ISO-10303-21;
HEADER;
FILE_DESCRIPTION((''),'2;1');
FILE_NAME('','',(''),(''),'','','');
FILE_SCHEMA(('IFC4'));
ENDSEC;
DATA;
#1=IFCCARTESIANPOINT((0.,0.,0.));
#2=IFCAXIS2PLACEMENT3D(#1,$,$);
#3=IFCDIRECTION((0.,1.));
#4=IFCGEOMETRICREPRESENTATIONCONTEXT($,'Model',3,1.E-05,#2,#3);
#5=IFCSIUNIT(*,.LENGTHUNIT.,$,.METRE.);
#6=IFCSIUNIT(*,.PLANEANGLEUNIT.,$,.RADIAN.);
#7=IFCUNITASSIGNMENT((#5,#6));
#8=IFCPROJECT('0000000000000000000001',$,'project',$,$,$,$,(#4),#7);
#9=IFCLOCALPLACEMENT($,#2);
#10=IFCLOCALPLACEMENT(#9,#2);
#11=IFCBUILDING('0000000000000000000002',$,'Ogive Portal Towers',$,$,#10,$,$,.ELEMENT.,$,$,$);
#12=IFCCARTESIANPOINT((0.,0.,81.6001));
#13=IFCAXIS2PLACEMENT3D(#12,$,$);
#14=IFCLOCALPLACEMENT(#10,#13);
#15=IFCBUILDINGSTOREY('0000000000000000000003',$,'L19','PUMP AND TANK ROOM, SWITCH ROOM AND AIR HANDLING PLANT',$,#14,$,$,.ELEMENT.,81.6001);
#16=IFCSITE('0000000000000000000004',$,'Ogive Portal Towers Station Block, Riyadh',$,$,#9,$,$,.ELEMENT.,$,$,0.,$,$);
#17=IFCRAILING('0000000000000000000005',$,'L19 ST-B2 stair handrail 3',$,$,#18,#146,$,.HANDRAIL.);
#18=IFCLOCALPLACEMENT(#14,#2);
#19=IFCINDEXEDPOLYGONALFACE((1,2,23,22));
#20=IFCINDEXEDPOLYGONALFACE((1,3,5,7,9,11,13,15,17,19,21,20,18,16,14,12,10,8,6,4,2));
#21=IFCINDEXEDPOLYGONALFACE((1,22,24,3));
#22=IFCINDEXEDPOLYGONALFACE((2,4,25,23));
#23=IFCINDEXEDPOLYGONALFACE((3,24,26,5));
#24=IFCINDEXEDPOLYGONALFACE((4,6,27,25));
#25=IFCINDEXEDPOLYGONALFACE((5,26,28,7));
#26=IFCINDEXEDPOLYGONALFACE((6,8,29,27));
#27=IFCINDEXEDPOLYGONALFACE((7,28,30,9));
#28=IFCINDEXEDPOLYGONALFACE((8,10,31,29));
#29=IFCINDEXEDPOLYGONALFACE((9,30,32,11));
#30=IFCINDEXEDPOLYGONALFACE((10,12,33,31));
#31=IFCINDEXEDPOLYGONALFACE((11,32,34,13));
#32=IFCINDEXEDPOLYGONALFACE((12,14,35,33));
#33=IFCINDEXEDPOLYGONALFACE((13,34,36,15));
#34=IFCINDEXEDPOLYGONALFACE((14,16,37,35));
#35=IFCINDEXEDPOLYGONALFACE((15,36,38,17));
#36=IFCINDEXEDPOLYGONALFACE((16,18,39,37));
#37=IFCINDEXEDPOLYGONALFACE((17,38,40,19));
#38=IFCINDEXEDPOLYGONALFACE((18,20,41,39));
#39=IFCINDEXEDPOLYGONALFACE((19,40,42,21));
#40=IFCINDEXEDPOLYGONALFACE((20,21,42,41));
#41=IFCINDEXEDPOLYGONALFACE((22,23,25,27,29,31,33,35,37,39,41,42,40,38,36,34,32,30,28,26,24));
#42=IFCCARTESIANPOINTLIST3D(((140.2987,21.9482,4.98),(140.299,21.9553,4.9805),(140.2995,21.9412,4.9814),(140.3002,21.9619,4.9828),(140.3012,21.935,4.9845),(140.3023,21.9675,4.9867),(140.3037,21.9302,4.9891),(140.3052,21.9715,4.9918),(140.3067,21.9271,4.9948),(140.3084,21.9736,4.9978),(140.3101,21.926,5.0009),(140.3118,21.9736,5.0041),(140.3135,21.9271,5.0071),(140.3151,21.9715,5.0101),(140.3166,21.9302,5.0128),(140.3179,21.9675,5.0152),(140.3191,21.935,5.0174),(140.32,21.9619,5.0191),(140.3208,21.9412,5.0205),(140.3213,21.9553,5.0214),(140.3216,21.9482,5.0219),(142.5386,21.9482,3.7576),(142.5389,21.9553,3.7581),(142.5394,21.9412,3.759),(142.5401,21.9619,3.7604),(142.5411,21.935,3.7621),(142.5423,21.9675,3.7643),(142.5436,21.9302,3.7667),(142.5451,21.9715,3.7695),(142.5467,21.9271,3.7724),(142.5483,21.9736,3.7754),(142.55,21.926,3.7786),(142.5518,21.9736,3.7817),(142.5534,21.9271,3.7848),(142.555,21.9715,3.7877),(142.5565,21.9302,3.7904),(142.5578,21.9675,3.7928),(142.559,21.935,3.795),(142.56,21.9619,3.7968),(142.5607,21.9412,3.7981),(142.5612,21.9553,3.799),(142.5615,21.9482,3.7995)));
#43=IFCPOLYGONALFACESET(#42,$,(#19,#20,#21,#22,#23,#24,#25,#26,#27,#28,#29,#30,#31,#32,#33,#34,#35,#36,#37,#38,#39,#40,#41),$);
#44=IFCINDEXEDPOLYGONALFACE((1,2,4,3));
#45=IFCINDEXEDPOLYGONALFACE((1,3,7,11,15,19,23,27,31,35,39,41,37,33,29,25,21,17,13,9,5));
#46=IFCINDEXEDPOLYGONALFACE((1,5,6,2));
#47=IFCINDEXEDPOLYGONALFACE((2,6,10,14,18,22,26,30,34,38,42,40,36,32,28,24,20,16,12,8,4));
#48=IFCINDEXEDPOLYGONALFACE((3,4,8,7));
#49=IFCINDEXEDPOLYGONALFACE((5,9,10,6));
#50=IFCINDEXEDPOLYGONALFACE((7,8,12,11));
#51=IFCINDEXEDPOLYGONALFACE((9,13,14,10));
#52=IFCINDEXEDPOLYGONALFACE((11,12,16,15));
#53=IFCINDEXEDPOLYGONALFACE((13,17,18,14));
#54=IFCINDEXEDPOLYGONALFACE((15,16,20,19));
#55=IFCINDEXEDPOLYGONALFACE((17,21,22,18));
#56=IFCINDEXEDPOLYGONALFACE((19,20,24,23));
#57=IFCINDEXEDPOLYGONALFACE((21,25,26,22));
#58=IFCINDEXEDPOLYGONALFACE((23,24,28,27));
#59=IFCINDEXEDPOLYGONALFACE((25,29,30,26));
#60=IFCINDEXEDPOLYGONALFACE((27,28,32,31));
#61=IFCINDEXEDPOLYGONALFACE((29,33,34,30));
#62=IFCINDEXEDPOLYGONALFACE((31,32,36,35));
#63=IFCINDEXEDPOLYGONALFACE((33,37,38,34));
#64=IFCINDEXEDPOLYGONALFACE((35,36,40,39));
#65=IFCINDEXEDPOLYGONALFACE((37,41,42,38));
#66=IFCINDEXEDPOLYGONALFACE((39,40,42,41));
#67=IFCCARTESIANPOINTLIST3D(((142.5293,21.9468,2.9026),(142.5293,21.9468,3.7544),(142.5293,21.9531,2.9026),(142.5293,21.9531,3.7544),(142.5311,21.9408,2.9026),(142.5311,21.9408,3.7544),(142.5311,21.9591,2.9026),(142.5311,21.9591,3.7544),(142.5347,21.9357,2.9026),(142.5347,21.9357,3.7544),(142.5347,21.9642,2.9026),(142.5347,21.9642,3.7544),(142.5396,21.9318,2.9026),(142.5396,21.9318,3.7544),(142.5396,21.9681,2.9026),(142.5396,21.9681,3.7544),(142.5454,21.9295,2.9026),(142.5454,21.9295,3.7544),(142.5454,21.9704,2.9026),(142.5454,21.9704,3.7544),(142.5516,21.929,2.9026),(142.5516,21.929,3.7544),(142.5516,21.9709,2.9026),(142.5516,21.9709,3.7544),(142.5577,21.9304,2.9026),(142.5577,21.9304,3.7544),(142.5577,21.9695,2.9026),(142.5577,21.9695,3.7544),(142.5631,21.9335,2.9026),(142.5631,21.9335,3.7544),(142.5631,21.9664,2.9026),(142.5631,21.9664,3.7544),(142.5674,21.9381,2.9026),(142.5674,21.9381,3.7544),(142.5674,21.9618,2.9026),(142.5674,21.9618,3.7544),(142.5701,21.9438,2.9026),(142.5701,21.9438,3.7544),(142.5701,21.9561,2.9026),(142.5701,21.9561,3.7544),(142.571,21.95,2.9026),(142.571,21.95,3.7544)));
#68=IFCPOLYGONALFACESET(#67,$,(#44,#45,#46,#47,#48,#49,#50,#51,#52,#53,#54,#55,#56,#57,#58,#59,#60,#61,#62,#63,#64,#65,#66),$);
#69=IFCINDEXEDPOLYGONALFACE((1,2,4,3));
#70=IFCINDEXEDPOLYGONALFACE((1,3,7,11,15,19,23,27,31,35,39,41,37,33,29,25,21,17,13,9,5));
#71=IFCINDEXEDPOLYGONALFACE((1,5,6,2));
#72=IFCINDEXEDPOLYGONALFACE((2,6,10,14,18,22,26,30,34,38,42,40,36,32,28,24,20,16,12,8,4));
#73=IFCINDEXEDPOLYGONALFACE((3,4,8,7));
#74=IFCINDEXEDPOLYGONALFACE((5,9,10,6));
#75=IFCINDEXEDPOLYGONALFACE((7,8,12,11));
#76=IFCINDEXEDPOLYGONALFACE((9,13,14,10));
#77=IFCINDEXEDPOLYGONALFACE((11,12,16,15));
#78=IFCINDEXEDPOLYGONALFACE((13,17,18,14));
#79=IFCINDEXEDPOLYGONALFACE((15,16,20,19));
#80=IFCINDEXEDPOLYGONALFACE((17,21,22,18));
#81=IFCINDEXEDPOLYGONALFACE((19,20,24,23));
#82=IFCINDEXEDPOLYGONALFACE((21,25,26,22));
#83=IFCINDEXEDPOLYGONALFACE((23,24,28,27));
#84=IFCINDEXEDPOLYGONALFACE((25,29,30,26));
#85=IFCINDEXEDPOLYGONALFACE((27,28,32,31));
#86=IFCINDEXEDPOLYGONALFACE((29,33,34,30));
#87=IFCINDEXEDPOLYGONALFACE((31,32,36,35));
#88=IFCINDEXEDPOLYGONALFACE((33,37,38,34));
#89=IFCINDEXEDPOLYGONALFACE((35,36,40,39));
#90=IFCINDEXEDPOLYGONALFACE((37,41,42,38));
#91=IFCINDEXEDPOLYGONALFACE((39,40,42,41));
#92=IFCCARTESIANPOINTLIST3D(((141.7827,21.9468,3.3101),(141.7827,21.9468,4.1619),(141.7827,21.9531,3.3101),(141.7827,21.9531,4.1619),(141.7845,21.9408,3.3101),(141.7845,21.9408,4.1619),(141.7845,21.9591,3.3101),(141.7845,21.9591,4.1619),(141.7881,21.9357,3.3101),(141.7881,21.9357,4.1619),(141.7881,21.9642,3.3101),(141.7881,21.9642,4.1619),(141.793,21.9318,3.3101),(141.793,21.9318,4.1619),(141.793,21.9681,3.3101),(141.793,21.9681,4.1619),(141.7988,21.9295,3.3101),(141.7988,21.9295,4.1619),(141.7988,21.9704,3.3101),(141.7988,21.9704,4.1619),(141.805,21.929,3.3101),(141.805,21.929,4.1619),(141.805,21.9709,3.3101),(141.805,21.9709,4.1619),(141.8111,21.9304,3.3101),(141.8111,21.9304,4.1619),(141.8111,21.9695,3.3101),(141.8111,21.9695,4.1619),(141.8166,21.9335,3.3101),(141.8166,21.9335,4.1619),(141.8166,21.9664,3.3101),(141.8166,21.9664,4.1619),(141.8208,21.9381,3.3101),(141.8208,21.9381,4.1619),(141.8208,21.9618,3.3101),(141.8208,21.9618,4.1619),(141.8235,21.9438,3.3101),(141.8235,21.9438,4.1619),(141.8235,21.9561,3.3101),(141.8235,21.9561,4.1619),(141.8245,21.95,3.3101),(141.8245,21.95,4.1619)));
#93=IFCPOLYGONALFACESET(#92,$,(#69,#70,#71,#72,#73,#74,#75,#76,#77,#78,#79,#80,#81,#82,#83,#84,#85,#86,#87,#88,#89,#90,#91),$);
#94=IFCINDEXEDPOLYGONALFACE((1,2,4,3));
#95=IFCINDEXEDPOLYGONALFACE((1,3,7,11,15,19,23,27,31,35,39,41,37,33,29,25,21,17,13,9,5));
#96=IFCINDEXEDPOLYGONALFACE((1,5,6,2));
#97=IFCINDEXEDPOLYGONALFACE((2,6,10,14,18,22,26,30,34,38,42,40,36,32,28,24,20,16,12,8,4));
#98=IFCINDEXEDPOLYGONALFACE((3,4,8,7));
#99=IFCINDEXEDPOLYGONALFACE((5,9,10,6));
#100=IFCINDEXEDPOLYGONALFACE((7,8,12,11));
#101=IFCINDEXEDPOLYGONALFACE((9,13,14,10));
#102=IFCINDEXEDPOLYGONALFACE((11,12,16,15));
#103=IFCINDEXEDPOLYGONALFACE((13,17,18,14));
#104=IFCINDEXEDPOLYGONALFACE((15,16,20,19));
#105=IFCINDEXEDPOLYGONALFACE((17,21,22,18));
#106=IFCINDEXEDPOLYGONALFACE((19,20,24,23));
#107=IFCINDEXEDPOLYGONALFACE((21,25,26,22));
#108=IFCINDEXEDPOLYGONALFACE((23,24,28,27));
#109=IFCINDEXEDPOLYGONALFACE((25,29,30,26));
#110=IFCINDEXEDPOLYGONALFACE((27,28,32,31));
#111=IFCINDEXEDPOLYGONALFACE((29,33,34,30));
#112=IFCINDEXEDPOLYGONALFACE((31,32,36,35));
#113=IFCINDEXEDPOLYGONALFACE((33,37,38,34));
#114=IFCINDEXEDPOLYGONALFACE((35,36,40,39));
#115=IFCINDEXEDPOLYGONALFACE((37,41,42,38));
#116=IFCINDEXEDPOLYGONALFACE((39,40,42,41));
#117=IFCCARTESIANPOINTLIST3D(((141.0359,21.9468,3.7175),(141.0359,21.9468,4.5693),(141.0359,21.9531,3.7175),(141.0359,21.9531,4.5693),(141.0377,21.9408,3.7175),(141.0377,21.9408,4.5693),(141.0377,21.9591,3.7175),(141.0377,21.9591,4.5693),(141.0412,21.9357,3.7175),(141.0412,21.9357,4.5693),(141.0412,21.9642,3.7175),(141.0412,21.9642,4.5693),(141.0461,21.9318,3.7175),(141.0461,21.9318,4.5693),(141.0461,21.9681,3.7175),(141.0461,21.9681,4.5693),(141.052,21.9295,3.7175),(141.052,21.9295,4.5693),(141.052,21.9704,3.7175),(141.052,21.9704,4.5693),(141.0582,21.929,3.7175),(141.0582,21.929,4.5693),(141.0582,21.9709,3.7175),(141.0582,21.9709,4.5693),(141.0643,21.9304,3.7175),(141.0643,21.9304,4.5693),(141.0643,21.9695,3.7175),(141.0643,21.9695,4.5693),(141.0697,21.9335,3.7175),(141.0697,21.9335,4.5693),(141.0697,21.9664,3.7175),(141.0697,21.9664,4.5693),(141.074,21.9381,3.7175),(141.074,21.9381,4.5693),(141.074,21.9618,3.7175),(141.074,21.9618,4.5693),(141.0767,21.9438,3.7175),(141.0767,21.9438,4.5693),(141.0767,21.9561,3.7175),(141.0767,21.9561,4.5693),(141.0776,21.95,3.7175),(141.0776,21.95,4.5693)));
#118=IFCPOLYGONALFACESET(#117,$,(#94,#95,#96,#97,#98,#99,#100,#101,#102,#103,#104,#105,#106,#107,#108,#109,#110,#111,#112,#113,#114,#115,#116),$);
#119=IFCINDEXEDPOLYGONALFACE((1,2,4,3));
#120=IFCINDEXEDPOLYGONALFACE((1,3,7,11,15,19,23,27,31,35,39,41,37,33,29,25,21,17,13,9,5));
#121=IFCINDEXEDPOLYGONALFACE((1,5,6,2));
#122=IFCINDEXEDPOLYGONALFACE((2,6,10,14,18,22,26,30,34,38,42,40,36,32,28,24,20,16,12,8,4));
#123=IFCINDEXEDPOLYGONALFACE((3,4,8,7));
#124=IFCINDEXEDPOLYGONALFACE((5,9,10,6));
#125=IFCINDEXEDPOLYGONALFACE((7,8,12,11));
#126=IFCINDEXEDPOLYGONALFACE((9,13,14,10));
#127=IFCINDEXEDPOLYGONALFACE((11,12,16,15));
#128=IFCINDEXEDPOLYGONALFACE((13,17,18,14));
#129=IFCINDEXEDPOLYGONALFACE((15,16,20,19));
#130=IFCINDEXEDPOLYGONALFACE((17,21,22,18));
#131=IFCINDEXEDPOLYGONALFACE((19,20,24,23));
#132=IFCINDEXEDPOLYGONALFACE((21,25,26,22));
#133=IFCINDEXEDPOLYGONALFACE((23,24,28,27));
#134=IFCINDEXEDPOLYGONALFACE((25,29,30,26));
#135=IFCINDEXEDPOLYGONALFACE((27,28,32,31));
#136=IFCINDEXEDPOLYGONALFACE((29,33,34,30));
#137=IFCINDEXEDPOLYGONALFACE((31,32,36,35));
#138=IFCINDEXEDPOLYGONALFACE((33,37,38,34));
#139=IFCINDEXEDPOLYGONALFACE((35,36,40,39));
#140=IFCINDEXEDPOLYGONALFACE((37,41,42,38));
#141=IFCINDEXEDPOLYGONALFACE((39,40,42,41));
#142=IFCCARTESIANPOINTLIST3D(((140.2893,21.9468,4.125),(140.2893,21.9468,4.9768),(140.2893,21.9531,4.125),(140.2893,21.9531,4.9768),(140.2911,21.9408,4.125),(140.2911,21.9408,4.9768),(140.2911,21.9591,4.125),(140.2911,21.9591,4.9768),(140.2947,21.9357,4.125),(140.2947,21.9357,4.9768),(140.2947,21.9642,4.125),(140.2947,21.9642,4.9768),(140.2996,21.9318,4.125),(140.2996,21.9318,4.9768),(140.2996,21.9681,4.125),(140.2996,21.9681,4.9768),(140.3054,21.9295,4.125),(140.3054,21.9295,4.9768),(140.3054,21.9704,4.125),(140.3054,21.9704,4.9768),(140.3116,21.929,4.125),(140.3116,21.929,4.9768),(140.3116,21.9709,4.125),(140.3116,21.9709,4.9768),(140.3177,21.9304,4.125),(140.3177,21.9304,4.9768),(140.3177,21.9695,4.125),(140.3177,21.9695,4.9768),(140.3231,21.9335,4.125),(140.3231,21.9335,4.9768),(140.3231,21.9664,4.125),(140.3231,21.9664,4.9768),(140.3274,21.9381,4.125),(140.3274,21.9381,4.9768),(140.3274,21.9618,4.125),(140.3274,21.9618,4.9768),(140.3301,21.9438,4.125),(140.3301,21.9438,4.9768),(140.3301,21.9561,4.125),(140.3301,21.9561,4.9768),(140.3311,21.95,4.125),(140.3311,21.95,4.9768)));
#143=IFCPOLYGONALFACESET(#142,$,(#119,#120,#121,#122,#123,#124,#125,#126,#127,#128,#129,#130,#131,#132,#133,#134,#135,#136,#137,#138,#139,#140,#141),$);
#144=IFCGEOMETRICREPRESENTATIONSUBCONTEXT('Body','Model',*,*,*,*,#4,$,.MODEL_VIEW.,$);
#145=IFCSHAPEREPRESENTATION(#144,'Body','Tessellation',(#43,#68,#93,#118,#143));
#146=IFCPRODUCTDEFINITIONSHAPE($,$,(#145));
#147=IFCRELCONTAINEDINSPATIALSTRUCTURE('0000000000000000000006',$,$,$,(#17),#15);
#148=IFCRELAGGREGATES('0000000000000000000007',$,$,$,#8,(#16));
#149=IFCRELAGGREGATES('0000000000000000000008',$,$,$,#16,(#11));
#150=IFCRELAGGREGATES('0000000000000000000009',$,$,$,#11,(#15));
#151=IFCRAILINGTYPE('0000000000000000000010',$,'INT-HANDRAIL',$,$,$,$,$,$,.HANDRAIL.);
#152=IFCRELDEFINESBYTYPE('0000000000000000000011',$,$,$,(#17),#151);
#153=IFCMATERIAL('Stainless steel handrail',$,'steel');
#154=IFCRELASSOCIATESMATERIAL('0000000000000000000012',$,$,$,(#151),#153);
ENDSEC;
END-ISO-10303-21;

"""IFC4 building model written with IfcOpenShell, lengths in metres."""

from ifc_helpers import new_model, si_unit, direction, frame, origin, origin_2d, place, context, subcontext, project, spatial, circle, extrude, material, type_object, element, save


model = new_model("IFC4")

# Units and contexts
model_context = context("Model", 3, precision=1e-05, world=origin(), true_north=direction((0.0, 1.0)))
body_context = subcontext(model_context, "Body", "Model", "MODEL_VIEW")
ifc_project = project(units=[si_unit("LENGTHUNIT", "METRE"), si_unit("PLANEANGLEUNIT", "RADIAN")], contexts=[model_context])

# Site, building, storey
site_placement = place(None, origin())
site = spatial("IfcSite", under=ifc_project, at=site_placement, Name="Ogive Portal Towers Station Block, Riyadh", CompositionType="ELEMENT", RefElevation=0.0)
building_placement = place(site_placement, origin())
building = spatial("IfcBuilding", under=site, at=building_placement, Name="Ogive Portal Towers", CompositionType="ELEMENT")
storey_placement = place(building_placement, frame((0.0, 0.0, 81.6001)))
storey = spatial("IfcBuildingStorey", under=building, at=storey_placement, Name="L19", Description="PUMP AND TANK ROOM, SWITCH ROOM AND AIR HANDLING PLANT", CompositionType="ELEMENT", Elevation=81.6001)

# Railing
ifc_material_1 = material(Name="Stainless steel handrail", Category="steel")
railing_type_1 = type_object("IfcRailingType", Name="INT-HANDRAIL", PredefinedType="HANDRAIL", material=ifc_material_1)
railing_1_placement = place(storey_placement, frame((142.55, 21.95, 2.9026)))
element("IfcRailing", 1, at=railing_1_placement, inside=storey, type_object=railing_type_1, Name="L19 ST-B2 stair handrail 3", PredefinedType="HANDRAIL", context=body_context, shape_type="SweptSolid", body=[
    extrude(circle(Radius=0.0239, at=origin_2d()), frame((0.0, 0.0, 0.876), z_axis=(-0.877797, 0.0, 0.479033), x_axis=(0.0, -1.0, 0.0)), (0.0, 0.0, 1.0), 2.5518),
    extrude(circle(Radius=0.021, at=origin_2d()), origin(), (0.0, 0.0, 1.0), 0.8518),
    extrude(circle(Radius=0.021, at=origin_2d()), frame((-0.7466, 0.0, 0.4075)), (0.0, 0.0, 1.0), 0.8518),
    extrude(circle(Radius=0.021, at=origin_2d()), frame((-1.4934, 0.0, 0.8149)), (0.0, 0.0, 1.0), 0.8518),
    extrude(circle(Radius=0.021, at=origin_2d()), frame((-2.24, 0.0, 1.2224)), (0.0, 0.0, 1.0), 0.8518),
])

save(model, "model.ifc")
